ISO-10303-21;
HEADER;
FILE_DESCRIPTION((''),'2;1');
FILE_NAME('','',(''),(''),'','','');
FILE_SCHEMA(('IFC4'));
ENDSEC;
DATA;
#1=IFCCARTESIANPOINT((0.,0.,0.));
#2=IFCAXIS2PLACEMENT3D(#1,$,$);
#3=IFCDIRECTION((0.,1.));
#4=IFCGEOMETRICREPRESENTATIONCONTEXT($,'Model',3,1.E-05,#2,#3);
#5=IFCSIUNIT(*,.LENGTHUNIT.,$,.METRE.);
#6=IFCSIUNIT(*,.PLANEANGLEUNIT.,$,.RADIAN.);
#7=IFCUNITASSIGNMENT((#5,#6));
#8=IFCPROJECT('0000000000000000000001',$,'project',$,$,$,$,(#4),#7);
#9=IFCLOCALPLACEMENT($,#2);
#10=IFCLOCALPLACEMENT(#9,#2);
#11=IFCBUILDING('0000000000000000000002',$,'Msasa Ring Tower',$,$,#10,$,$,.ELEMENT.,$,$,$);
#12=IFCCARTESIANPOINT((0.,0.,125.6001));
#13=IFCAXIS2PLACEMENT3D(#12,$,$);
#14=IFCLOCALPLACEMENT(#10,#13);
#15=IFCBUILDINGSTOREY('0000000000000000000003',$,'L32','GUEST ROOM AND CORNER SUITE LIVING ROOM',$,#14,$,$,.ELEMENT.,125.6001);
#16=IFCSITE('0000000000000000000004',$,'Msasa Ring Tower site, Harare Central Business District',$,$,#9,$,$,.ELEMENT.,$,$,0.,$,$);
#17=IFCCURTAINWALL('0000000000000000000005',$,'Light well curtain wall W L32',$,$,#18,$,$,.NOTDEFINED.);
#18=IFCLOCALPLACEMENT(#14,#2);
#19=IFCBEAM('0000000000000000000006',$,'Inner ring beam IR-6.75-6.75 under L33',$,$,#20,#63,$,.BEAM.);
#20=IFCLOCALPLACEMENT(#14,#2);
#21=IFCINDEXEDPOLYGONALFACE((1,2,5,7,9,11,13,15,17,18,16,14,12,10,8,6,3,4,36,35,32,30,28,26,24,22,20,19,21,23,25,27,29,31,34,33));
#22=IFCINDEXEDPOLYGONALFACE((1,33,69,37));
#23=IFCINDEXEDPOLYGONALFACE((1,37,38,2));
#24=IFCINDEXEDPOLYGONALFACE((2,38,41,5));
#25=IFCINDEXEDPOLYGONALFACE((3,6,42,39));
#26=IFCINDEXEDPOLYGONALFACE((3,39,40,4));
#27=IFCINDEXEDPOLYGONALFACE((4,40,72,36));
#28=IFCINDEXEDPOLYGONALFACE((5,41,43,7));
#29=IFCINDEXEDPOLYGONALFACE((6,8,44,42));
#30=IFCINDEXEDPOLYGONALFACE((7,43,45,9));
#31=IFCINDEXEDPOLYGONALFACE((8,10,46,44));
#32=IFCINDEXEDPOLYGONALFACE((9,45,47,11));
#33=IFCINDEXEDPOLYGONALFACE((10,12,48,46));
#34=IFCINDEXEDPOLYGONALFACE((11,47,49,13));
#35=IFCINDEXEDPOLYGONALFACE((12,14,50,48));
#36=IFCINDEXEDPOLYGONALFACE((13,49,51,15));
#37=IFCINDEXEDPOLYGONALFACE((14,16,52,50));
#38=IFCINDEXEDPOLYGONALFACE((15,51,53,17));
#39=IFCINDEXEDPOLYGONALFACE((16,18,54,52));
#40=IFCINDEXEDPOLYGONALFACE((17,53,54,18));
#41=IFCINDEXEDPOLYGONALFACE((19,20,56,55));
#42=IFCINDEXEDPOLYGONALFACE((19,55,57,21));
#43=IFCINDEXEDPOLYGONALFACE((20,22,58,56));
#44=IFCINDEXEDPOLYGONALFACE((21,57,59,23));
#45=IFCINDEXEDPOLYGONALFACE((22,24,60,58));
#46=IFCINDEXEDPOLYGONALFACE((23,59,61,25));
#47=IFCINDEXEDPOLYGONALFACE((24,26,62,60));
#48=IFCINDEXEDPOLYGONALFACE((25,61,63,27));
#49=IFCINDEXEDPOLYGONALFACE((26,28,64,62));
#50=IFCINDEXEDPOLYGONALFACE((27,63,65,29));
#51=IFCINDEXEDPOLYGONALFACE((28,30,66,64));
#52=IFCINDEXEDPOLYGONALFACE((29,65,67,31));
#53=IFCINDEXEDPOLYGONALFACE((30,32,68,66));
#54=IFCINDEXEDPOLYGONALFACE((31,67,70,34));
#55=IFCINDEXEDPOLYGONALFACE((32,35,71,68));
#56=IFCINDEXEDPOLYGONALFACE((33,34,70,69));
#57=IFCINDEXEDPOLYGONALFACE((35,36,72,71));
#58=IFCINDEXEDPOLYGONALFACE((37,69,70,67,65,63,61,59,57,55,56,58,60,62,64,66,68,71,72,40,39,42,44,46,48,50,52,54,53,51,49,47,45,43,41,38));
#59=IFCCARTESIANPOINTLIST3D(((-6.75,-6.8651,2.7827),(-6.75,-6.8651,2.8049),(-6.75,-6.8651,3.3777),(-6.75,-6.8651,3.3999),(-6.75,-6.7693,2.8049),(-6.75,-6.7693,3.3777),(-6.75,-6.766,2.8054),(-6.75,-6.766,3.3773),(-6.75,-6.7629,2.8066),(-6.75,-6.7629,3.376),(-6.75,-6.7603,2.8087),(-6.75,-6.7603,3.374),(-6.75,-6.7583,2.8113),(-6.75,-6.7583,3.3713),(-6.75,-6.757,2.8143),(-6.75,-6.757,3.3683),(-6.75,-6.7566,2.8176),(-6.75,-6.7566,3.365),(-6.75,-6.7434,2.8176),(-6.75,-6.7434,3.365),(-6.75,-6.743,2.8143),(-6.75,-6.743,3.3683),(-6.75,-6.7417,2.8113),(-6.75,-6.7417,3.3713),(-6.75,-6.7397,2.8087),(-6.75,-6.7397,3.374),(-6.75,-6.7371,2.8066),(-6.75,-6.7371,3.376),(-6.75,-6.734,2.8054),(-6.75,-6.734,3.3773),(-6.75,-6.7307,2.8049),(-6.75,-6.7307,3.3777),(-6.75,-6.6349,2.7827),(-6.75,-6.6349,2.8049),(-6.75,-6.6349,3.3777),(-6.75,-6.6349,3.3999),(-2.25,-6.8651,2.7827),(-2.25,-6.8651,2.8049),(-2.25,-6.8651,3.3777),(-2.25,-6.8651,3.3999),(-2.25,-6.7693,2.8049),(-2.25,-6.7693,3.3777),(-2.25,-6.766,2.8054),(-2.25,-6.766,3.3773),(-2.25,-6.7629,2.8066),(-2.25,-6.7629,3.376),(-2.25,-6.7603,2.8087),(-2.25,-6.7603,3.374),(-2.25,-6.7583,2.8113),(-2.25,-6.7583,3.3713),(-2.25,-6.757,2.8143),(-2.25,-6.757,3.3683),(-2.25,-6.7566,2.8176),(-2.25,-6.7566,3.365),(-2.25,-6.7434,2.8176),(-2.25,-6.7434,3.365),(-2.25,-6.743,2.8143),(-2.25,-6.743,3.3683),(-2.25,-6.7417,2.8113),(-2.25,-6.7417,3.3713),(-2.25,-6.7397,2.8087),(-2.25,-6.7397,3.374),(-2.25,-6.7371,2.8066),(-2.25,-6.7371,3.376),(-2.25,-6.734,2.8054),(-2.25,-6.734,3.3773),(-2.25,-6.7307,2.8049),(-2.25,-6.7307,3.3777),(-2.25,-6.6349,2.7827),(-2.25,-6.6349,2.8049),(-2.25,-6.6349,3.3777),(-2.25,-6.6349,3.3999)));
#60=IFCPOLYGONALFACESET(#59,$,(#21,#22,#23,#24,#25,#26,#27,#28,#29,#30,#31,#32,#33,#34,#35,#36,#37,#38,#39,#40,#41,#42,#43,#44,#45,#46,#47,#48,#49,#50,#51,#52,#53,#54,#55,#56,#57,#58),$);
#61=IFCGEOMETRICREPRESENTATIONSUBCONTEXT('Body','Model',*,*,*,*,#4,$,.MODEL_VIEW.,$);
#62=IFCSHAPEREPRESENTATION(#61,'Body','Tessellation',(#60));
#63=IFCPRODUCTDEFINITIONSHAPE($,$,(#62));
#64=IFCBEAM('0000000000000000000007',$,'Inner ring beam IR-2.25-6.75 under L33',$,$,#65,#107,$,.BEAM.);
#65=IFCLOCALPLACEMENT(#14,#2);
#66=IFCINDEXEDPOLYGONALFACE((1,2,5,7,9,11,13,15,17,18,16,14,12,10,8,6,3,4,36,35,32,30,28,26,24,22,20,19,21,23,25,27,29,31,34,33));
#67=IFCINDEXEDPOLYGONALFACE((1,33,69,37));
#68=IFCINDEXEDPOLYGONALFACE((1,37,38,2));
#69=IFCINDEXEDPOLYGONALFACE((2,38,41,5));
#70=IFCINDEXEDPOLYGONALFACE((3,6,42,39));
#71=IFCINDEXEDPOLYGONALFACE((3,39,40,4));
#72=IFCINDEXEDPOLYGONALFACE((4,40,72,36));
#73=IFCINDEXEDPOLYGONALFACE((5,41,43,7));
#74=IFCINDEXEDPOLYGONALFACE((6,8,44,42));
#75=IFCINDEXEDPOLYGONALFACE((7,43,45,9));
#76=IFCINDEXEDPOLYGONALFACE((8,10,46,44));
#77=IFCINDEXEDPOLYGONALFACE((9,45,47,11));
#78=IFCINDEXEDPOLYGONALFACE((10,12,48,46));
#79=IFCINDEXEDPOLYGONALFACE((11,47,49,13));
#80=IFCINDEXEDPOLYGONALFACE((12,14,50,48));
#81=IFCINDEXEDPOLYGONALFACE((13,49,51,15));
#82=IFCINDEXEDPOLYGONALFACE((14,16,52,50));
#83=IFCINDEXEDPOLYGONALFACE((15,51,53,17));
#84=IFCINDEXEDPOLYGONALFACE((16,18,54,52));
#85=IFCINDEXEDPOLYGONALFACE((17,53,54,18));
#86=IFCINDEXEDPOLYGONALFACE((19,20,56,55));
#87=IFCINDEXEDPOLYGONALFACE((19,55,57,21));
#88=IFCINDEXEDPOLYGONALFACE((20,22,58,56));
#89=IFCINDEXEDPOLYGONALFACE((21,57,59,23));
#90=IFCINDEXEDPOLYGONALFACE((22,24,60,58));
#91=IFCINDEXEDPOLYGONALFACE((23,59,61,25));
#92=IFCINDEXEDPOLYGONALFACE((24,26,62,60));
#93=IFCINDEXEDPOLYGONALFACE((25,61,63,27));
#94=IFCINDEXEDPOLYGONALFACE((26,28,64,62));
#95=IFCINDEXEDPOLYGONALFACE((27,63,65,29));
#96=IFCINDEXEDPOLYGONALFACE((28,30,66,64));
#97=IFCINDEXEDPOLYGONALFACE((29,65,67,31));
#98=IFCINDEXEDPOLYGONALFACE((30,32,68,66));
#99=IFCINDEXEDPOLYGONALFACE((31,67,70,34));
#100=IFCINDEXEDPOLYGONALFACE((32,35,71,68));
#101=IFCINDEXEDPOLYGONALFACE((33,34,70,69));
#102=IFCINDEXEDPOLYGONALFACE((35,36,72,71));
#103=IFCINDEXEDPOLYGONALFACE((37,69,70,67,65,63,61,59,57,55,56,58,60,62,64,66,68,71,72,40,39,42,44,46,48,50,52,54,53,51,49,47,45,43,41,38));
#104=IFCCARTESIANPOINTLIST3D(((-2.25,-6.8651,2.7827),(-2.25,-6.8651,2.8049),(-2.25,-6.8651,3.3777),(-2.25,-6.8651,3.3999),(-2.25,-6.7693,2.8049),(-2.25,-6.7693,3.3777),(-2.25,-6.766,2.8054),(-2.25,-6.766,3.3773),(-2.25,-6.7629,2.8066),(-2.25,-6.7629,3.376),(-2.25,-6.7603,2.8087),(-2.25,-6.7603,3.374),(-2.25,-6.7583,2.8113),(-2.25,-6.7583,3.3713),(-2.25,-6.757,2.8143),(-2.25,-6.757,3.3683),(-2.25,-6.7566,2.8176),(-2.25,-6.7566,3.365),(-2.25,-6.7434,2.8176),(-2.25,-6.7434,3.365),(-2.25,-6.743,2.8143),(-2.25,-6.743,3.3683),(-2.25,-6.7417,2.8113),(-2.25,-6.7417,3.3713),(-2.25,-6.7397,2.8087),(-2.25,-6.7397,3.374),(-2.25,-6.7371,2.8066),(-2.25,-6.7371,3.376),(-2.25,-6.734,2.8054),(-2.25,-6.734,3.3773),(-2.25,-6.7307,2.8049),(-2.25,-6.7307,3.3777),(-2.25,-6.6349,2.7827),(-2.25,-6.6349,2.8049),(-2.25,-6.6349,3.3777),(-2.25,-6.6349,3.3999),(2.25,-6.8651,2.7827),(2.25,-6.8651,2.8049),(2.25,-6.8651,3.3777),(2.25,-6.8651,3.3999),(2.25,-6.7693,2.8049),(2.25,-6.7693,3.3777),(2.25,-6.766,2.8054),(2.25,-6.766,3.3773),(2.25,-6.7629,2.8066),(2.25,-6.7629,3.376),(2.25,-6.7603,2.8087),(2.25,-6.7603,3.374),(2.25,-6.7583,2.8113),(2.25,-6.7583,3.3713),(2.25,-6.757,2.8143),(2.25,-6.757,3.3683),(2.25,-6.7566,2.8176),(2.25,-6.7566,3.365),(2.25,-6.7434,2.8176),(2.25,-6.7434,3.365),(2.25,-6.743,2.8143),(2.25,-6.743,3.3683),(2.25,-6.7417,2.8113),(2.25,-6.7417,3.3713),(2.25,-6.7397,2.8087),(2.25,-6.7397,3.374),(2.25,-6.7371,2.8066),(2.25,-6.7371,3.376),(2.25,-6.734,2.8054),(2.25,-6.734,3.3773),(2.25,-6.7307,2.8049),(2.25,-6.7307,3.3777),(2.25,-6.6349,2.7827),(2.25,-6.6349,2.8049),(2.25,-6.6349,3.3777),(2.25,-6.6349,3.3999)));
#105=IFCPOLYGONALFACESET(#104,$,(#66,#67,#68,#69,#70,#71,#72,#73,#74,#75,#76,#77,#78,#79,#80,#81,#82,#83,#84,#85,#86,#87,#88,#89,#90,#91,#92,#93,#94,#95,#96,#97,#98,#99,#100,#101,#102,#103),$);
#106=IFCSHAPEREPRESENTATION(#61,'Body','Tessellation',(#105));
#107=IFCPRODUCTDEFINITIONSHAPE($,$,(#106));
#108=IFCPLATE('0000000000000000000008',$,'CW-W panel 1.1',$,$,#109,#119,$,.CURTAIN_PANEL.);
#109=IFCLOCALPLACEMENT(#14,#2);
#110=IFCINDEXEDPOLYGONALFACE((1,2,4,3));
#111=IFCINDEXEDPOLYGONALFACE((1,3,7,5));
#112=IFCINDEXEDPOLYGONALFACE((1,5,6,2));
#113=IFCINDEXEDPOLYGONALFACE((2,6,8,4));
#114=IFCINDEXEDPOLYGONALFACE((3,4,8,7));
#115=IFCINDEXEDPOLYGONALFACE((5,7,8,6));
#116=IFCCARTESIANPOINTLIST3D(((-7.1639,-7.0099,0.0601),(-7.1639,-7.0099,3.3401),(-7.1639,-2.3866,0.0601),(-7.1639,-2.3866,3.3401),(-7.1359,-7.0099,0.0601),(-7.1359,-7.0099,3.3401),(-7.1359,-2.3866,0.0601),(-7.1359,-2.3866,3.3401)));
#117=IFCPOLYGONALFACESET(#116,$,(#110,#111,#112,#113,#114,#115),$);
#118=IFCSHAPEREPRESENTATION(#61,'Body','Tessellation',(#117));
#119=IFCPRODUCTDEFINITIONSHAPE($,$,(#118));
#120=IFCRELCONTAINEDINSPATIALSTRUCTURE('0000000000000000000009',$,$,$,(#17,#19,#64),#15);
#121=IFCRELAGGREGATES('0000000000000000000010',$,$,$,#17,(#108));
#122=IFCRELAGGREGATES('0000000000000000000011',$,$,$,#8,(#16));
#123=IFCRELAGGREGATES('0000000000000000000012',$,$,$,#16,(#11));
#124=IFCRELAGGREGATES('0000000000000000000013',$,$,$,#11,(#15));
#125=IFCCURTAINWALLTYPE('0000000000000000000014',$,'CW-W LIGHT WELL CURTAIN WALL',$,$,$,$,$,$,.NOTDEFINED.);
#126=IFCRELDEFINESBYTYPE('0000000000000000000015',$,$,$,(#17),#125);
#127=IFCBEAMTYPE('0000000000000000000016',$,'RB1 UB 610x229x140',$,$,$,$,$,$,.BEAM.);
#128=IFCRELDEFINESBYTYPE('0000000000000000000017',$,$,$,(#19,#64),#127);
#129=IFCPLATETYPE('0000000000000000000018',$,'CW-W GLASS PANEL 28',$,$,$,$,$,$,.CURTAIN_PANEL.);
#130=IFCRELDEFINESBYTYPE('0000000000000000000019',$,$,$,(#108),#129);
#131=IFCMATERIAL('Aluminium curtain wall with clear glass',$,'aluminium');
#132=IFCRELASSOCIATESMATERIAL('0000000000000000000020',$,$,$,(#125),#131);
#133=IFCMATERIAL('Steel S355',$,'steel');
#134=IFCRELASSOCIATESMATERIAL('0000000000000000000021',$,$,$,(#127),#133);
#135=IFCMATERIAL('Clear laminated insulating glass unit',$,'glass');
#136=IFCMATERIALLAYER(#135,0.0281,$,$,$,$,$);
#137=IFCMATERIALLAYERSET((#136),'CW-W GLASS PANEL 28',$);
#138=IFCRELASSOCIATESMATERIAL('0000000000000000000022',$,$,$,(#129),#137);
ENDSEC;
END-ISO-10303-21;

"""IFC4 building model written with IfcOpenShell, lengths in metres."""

from ifc_helpers import new_model, si_unit, direction, frame, origin, origin_2d, place, context, subcontext, project, spatial, rectangle, i_section, extrude, material, layer, layer_set, material_profile, profile_set, type_object, element, aggregate, save


model = new_model("IFC4")

# Units and contexts
model_context = context("Model", 3, precision=1e-05, world=origin(), true_north=direction((0.0, 1.0)))
body_context = subcontext(model_context, "Body", "Model", "MODEL_VIEW")
ifc_project = project(units=[si_unit("LENGTHUNIT", "METRE"), si_unit("PLANEANGLEUNIT", "RADIAN")], contexts=[model_context])

# Site, building, storey
site_placement = place(None, origin())
site = spatial("IfcSite", under=ifc_project, at=site_placement, Name="Msasa Ring Tower site, Harare Central Business District", CompositionType="ELEMENT", RefElevation=0.0)
building_placement = place(site_placement, origin())
building = spatial("IfcBuilding", under=site, at=building_placement, Name="Msasa Ring Tower", CompositionType="ELEMENT")
storey_placement = place(building_placement, frame((0.0, 0.0, 125.6001)))
storey = spatial("IfcBuildingStorey", under=building, at=storey_placement, Name="L32", Description="GUEST ROOM AND CORNER SUITE LIVING ROOM", CompositionType="ELEMENT", Elevation=125.6001)

# Curtain wall
ifc_material_1 = material(Name="Aluminium curtain wall with clear glass", Category="aluminium")
curtain_wall_type = type_object("IfcCurtainWallType", Name="CW-W LIGHT WELL CURTAIN WALL", PredefinedType="NOTDEFINED", material=ifc_material_1)
curtain_wall_1_placement = place(storey_placement, origin())
curtain_wall_1 = element("IfcCurtainWall", 1, at=curtain_wall_1_placement, inside=storey, type_object=curtain_wall_type, Name="Light well curtain wall W L32", PredefinedType="NOTDEFINED")

# Beams
ifc_material_2 = material(Name="Steel S355", Category="steel")
ifc_material_profile_1 = material_profile(ifc_material_2, i_section(OverallWidth=0.2302, OverallDepth=0.6172, WebThickness=0.0132, FlangeThickness=0.0222, FilletRadius=0.0127, at=origin_2d()), Name="UB 610x229x140")
ifc_profile_set_1 = profile_set([ifc_material_profile_1], Name="Steel S355")
beam_type = type_object("IfcBeamType", Name="RB1 UB 610x229x140", PredefinedType="BEAM", material=ifc_profile_set_1)
for number, where, z_axis, x_axis, name in (
    (2, (-6.75, -6.75, 3.0913), (1.0, 0.0, 0.0), (0.0, 1.0, 0.0), "Inner ring beam IR-6.75-6.75 under L33"),
    (3, (-2.25, -6.75, 3.0913), (1.0, 0.0, 0.0), (0.0, 1.0, 0.0), "Inner ring beam IR-2.25-6.75 under L33"),
):
    element("IfcBeam", number, at=place(storey_placement, frame(where, z_axis=z_axis, x_axis=x_axis)), inside=storey, type_object=beam_type, Name=name, PredefinedType="BEAM", context=body_context, shape_type="SweptSolid", body=[
        extrude(i_section(OverallWidth=0.2302, OverallDepth=0.6172, WebThickness=0.0132, FlangeThickness=0.0222, FilletRadius=0.0127, at=origin_2d()), origin(), (0.0, 0.0, 1.0), 4.5),
    ])

# Plate
ifc_material_3 = material(Name="Clear laminated insulating glass unit", Category="glass")
ifc_layer = layer(ifc_material_3, 0.0281)
ifc_layer_set = layer_set([ifc_layer], Name="CW-W GLASS PANEL 28")
plate_type = type_object("IfcPlateType", Name="CW-W GLASS PANEL 28", PredefinedType="CURTAIN_PANEL", material=ifc_layer_set)
plate_placement = place(storey_placement, frame((-7.1499, -4.6982, 0.0601), z_axis=(0.0, 0.0, 1.0), x_axis=(0.0, 1.0, 0.0)))
plate = element("IfcPlate", 4, at=plate_placement, type_object=plate_type, Name="CW-W panel 1.1", PredefinedType="CURTAIN_PANEL", context=body_context, shape_type="SweptSolid", body=[
    extrude(rectangle(XDim=4.6233, YDim=0.0281, at=origin_2d()), origin(), (0.0, 0.0, 1.0), 3.28),
])
aggregate(curtain_wall_1, [plate])

save(model, "model.ifc")
